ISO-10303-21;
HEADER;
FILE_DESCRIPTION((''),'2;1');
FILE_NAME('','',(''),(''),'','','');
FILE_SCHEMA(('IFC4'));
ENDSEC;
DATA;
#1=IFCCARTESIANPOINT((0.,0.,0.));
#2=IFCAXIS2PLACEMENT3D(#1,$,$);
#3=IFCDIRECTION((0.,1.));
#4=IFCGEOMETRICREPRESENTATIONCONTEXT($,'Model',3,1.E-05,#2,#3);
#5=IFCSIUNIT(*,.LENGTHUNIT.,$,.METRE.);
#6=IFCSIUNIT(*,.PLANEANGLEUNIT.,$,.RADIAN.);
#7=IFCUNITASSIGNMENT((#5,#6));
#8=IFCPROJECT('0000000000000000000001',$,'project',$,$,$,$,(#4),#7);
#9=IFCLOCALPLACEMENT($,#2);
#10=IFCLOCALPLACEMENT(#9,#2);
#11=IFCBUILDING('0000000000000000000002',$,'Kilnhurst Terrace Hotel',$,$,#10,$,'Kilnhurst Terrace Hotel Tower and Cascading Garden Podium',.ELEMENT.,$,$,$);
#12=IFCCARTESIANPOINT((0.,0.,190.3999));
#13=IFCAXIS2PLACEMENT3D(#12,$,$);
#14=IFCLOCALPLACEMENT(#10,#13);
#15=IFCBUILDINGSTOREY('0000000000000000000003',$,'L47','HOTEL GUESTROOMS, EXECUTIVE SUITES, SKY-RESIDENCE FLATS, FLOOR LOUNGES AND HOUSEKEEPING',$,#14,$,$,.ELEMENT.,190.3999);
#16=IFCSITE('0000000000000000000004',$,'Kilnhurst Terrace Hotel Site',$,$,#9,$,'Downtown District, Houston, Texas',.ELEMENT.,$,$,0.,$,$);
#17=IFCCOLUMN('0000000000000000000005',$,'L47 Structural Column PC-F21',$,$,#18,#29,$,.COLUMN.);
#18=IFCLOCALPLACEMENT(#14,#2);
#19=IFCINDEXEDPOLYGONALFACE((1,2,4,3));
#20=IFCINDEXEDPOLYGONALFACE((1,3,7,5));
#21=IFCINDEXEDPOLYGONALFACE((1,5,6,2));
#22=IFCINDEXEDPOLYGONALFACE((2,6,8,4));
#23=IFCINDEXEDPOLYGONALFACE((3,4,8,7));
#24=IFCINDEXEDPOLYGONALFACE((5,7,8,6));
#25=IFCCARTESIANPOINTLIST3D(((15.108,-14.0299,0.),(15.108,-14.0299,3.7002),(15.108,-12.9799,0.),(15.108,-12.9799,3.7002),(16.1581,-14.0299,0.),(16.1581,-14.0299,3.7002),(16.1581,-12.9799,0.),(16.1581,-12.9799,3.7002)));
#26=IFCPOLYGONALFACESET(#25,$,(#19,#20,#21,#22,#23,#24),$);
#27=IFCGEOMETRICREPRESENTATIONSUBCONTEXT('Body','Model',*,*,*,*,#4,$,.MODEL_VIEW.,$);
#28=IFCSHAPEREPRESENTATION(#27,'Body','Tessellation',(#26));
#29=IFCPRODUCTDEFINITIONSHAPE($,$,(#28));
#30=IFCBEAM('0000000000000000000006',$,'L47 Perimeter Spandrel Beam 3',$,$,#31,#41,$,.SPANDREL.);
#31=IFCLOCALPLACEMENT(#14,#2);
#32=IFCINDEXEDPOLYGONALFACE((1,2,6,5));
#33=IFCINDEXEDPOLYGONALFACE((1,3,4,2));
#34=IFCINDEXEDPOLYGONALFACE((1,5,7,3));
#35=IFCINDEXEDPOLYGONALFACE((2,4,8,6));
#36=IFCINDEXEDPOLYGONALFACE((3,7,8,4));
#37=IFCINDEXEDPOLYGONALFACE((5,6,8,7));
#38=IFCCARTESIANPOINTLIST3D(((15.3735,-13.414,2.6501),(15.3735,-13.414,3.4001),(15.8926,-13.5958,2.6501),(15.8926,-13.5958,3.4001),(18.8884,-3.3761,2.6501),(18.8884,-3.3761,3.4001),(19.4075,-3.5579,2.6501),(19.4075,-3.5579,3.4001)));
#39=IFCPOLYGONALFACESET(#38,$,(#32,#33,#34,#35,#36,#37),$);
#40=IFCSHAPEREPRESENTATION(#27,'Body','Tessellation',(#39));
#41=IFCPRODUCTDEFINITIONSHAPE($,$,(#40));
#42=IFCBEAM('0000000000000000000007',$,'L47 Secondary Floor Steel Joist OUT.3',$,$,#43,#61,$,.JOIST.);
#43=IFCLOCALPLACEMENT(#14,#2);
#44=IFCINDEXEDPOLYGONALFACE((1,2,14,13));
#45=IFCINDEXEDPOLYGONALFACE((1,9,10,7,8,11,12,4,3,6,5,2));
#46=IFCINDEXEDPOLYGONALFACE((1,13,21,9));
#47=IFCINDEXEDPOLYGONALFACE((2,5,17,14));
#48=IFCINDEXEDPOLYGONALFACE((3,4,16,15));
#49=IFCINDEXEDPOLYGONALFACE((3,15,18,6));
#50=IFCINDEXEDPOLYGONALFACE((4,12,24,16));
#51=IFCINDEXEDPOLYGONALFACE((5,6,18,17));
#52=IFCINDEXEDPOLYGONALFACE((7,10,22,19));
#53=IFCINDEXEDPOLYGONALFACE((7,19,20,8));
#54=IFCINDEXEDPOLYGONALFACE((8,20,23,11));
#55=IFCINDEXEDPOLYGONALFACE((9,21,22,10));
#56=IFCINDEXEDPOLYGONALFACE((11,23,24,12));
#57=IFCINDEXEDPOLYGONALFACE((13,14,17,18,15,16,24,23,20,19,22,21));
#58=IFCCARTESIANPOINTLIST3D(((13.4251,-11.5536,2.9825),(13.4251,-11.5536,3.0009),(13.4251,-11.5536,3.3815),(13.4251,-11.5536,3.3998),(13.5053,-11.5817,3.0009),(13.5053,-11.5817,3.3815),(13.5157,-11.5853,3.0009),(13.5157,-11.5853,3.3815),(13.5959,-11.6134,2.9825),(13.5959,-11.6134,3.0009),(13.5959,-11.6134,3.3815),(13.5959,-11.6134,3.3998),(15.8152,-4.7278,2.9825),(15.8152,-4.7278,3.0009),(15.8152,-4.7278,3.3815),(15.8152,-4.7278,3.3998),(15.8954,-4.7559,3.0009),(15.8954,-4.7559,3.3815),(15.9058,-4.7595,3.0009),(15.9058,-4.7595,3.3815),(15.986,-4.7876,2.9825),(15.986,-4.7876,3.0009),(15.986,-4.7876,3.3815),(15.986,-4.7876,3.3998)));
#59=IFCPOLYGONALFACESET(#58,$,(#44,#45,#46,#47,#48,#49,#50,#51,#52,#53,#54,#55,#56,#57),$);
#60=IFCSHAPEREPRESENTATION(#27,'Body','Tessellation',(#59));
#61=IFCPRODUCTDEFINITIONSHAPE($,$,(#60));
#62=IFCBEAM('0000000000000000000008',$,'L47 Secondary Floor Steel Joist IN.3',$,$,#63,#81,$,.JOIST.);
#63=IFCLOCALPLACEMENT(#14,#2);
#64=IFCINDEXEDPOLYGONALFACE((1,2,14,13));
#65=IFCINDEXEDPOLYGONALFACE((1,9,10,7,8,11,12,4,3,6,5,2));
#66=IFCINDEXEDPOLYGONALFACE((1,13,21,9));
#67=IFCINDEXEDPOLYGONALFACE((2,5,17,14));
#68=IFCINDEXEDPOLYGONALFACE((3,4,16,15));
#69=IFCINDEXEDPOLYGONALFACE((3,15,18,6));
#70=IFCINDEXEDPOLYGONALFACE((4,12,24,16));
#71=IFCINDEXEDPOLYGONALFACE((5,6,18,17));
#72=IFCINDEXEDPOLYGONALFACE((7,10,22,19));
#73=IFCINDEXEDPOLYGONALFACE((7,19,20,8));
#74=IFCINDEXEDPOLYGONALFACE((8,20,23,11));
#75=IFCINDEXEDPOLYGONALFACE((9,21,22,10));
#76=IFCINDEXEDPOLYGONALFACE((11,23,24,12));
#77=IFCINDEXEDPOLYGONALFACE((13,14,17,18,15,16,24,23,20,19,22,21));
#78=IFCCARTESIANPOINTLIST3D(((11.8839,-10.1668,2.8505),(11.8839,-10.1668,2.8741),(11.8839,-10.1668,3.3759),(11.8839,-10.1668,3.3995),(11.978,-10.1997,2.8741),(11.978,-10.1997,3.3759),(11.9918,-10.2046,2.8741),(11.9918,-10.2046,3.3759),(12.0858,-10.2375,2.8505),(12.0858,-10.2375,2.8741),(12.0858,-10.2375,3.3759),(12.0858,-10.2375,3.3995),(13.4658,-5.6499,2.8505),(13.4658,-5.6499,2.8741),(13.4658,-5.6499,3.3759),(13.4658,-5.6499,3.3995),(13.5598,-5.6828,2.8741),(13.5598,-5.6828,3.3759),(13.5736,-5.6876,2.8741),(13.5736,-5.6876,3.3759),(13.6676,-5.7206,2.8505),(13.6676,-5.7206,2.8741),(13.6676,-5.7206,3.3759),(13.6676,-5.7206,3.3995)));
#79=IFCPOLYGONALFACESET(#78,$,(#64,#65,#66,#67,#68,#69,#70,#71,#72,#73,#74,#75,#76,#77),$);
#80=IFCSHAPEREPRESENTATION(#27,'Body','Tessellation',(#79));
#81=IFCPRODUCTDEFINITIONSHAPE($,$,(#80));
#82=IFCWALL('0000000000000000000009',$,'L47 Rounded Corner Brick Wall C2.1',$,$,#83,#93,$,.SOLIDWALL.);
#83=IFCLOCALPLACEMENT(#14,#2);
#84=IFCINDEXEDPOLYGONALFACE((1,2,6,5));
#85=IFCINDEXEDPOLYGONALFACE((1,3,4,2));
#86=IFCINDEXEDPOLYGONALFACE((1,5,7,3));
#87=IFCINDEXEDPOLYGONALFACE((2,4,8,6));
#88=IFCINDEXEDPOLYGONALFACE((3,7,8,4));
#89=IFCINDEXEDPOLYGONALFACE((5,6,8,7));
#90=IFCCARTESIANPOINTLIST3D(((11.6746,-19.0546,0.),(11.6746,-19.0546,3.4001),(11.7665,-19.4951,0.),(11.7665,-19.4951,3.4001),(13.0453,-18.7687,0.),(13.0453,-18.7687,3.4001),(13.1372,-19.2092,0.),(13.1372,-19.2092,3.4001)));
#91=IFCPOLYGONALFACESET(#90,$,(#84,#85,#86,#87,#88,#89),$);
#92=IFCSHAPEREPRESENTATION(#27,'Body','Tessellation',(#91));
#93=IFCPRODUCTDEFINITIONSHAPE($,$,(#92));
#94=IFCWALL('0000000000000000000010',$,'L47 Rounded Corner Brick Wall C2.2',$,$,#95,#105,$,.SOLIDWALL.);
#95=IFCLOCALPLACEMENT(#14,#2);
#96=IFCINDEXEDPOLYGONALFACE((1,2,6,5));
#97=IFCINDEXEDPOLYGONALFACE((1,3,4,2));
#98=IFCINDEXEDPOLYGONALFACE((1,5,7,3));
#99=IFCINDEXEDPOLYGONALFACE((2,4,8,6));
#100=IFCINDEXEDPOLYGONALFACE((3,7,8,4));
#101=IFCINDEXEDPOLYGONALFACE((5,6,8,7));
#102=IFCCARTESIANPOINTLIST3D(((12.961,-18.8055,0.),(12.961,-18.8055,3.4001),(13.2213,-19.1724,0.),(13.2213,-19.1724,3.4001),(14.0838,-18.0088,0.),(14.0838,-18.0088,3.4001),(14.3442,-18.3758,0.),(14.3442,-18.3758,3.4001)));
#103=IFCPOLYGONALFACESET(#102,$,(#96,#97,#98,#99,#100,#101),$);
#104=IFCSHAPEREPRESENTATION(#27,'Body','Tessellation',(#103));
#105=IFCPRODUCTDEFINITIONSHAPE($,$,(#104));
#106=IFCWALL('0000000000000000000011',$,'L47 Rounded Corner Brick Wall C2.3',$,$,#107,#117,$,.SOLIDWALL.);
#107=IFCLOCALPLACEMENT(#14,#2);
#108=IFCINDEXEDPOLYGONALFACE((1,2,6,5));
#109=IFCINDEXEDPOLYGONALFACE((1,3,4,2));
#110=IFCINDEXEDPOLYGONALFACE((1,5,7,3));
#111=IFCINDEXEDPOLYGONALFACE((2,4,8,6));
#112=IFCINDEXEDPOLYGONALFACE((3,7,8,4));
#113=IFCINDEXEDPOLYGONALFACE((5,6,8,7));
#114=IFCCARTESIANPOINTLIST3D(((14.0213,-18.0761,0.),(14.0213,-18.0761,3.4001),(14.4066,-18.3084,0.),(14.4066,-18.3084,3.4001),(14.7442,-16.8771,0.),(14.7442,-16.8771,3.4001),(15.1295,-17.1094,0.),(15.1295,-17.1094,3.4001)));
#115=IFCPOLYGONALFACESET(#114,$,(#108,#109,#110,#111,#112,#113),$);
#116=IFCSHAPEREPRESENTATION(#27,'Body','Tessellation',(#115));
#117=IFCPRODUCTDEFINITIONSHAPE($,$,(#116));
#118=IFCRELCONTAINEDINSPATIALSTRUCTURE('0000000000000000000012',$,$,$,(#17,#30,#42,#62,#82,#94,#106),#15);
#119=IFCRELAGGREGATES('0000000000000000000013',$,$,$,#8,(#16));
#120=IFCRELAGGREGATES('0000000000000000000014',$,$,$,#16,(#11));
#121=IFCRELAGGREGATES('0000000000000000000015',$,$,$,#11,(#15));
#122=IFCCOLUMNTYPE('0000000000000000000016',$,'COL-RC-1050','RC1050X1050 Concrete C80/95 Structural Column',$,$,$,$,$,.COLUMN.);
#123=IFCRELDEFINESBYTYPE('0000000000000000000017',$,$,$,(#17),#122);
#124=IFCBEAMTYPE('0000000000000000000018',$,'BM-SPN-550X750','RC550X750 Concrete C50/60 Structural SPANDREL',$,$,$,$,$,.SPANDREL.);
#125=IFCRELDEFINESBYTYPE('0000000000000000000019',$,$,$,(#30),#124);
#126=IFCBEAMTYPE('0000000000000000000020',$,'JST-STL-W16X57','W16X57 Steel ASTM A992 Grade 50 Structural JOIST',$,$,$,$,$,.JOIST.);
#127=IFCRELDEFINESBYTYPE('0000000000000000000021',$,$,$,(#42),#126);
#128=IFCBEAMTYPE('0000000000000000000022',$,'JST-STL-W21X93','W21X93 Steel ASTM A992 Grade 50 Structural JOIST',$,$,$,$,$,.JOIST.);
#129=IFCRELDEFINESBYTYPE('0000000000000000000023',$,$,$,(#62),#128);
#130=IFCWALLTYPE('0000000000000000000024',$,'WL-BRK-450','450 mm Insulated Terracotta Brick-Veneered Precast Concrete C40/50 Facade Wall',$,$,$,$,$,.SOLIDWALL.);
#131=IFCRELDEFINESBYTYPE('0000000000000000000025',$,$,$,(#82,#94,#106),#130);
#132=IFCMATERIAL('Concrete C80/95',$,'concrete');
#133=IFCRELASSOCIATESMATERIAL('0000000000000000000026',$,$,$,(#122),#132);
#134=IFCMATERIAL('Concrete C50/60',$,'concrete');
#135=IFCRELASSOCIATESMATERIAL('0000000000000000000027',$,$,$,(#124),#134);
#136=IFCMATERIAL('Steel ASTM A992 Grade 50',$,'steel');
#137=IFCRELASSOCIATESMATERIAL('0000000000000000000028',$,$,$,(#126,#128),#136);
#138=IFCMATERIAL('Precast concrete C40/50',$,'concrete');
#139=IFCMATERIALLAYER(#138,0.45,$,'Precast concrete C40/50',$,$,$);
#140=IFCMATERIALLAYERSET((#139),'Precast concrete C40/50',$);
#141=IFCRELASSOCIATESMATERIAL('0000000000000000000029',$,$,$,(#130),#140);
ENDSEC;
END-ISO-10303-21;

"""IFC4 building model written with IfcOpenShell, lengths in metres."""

from ifc_helpers import new_model, si_unit, direction, frame, frame_2d, origin, origin_2d, place, context, subcontext, project, spatial, rectangle, i_section, extrude, material, layer, layer_set, material_profile, profile_set, type_object, element, save


model = new_model("IFC4")

# Units and contexts
model_context = context("Model", 3, precision=1e-05, world=origin(), true_north=direction((0.0, 1.0)))
body_context = subcontext(model_context, "Body", "Model", "MODEL_VIEW")
ifc_project = project(units=[si_unit("LENGTHUNIT", "METRE"), si_unit("PLANEANGLEUNIT", "RADIAN")], contexts=[model_context])

# Site, building, storey
site_placement = place(None, origin())
site = spatial("IfcSite", under=ifc_project, at=site_placement, Name="Kilnhurst Terrace Hotel Site", LongName="Downtown District, Houston, Texas", CompositionType="ELEMENT", RefElevation=0.0)
building_placement = place(site_placement, origin())
building = spatial("IfcBuilding", under=site, at=building_placement, Name="Kilnhurst Terrace Hotel", LongName="Kilnhurst Terrace Hotel Tower and Cascading Garden Podium", CompositionType="ELEMENT")
storey_placement = place(building_placement, frame((0.0, 0.0, 190.3999)))
storey = spatial("IfcBuildingStorey", under=building, at=storey_placement, Name="L47", Description="HOTEL GUESTROOMS, EXECUTIVE SUITES, SKY-RESIDENCE FLATS, FLOOR LOUNGES AND HOUSEKEEPING", CompositionType="ELEMENT", Elevation=190.3999)

# Column
ifc_material_1 = material(Name="Concrete C80/95", Category="concrete")
ifc_material_profile_1 = material_profile(ifc_material_1, rectangle(XDim=1.05, YDim=1.05, at=origin_2d()), Name="RC1050X1050")
ifc_profile_set_1 = profile_set([ifc_material_profile_1], Name="Concrete C80/95")
column_type = type_object("IfcColumnType", Name="COL-RC-1050", Description="RC1050X1050 Concrete C80/95 Structural Column", PredefinedType="COLUMN", material=ifc_profile_set_1)
column_placement = place(storey_placement, frame((15.6331, -13.5049, 0.0), z_axis=(0.0, 0.0, 1.0), x_axis=(1.0, 0.0, 0.0)))
element("IfcColumn", 1, at=column_placement, inside=storey, type_object=column_type, Name="L47 Structural Column PC-F21", PredefinedType="COLUMN", context=body_context, shape_type="SweptSolid", body=[
    extrude(rectangle(XDim=1.05, YDim=1.05, at=origin_2d()), origin(), (0.0, 0.0, 1.0), 3.7002),
])

# Beams
ifc_material_2 = material(Name="Concrete C50/60", Category="concrete")
ifc_material_profile_2 = material_profile(ifc_material_2, rectangle(XDim=0.55, YDim=0.75, at=origin_2d()), Name="RC550X750")
ifc_profile_set_2 = profile_set([ifc_material_profile_2], Name="Concrete C50/60")
beam_type_1 = type_object("IfcBeamType", Name="BM-SPN-550X750", Description="RC550X750 Concrete C50/60 Structural SPANDREL", PredefinedType="SPANDREL", material=ifc_profile_set_2)
beam_1_placement = place(storey_placement, frame((15.6331, -13.5049, 3.0251), z_axis=(0.330488, 0.94381, 0.0), x_axis=(-0.94381, 0.330488, 0.0)))
element("IfcBeam", 2, at=beam_1_placement, inside=storey, type_object=beam_type_1, Name="L47 Perimeter Spandrel Beam 3", PredefinedType="SPANDREL", context=body_context, shape_type="SweptSolid", body=[
    extrude(rectangle(XDim=0.55, YDim=0.75, at=origin_2d()), origin(), (0.0, 0.0, 1.0), 10.6355),
])
ifc_material_3 = material(Name="Steel ASTM A992 Grade 50", Category="steel")
ifc_material_profile_3 = material_profile(ifc_material_3, i_section(OverallWidth=0.1809, OverallDepth=0.4172, WebThickness=0.011, FlangeThickness=0.0183, at=origin_2d()), Name="W16X57")
ifc_profile_set_3 = profile_set([ifc_material_profile_3], Name="Steel ASTM A992 Grade 50")
beam_type_2 = type_object("IfcBeamType", Name="JST-STL-W16X57", Description="W16X57 Steel ASTM A992 Grade 50 Structural JOIST", PredefinedType="JOIST", material=ifc_profile_set_3)
beam_2_placement = place(storey_placement, frame((13.5105, -11.5835, 3.1912), z_axis=(0.330481, 0.943813, 0.0), x_axis=(-0.943813, 0.330481, 0.0)))
element("IfcBeam", 3, at=beam_2_placement, inside=storey, type_object=beam_type_2, Name="L47 Secondary Floor Steel Joist OUT.3", PredefinedType="JOIST", context=body_context, shape_type="SweptSolid", body=[
    extrude(i_section(OverallWidth=0.1809, OverallDepth=0.4172, WebThickness=0.011, FlangeThickness=0.0183, at=origin_2d()), origin(), (0.0, 0.0, 1.0), 7.2322),
])
ifc_material_profile_4 = material_profile(ifc_material_3, i_section(OverallWidth=0.2139, OverallDepth=0.5491, WebThickness=0.0146, FlangeThickness=0.0237, at=origin_2d()), Name="W21X93")
ifc_profile_set_4 = profile_set([ifc_material_profile_4], Name="Steel ASTM A992 Grade 50")
beam_type_3 = type_object("IfcBeamType", Name="JST-STL-W21X93", Description="W21X93 Steel ASTM A992 Grade 50 Structural JOIST", PredefinedType="JOIST", material=ifc_profile_set_4)
beam_3_placement = place(storey_placement, frame((11.9849, -10.2021, 3.125), z_axis=(0.330516, 0.9438, 0.0), x_axis=(-0.9438, 0.330516, 0.0)))
element("IfcBeam", 4, at=beam_3_placement, inside=storey, type_object=beam_type_3, Name="L47 Secondary Floor Steel Joist IN.3", PredefinedType="JOIST", context=body_context, shape_type="SweptSolid", body=[
    extrude(i_section(OverallWidth=0.2139, OverallDepth=0.5491, WebThickness=0.0146, FlangeThickness=0.0237, at=origin_2d()), origin(), (0.0, 0.0, 1.0), 4.7859),
])

# Walls
ifc_material_4 = material(Name="Precast concrete C40/50", Category="concrete")
ifc_layer_1 = layer(ifc_material_4, 0.45, Name="Precast concrete C40/50")
ifc_layer_set_1 = layer_set([ifc_layer_1], Name="Precast concrete C40/50")
wall_type_1 = type_object("IfcWallType", Name="WL-BRK-450", Description="450 mm Insulated Terracotta Brick-Veneered Precast Concrete C40/50 Facade Wall", PredefinedType="SOLIDWALL", material=ifc_layer_set_1)
wall_1_placement = place(storey_placement, frame((11.7205, -19.2749, 0.0), z_axis=(0.0, 0.0, 1.0), x_axis=(0.978931, 0.204191, 0.0)))
element("IfcWall", 5, at=wall_1_placement, inside=storey, type_object=wall_type_1, Name="L47 Rounded Corner Brick Wall C2.1", PredefinedType="SOLIDWALL", context=body_context, shape_type="SweptSolid", body=[
    extrude(rectangle(XDim=1.4001, YDim=0.45, at=frame_2d((0.7002, 0.0))), origin(), (0.0, 0.0, 1.0), 3.4001),
])
wall_2_placement = place(storey_placement, frame((13.0911, -18.989, 0.0), z_axis=(0.0, 0.0, 1.0), x_axis=(0.815575, 0.578652, 0.0)))
element("IfcWall", 6, at=wall_2_placement, inside=storey, type_object=wall_type_1, Name="L47 Rounded Corner Brick Wall C2.2", PredefinedType="SOLIDWALL", context=body_context, shape_type="SweptSolid", body=[
    extrude(rectangle(XDim=1.3767, YDim=0.45, at=frame_2d((0.6885, 0.0))), origin(), (0.0, 0.0, 1.0), 3.4001),
])
wall_3_placement = place(storey_placement, frame((14.2139, -18.1924, 0.0), z_axis=(0.0, 0.0, 1.0), x_axis=(0.516341, 0.856383, 0.0)))
element("IfcWall", 7, at=wall_3_placement, inside=storey, type_object=wall_type_1, Name="L47 Rounded Corner Brick Wall C2.3", PredefinedType="SOLIDWALL", context=body_context, shape_type="SweptSolid", body=[
    extrude(rectangle(XDim=1.4001, YDim=0.45, at=frame_2d((0.7002, 0.0))), origin(), (0.0, 0.0, 1.0), 3.4001),
])

save(model, "model.ifc")
